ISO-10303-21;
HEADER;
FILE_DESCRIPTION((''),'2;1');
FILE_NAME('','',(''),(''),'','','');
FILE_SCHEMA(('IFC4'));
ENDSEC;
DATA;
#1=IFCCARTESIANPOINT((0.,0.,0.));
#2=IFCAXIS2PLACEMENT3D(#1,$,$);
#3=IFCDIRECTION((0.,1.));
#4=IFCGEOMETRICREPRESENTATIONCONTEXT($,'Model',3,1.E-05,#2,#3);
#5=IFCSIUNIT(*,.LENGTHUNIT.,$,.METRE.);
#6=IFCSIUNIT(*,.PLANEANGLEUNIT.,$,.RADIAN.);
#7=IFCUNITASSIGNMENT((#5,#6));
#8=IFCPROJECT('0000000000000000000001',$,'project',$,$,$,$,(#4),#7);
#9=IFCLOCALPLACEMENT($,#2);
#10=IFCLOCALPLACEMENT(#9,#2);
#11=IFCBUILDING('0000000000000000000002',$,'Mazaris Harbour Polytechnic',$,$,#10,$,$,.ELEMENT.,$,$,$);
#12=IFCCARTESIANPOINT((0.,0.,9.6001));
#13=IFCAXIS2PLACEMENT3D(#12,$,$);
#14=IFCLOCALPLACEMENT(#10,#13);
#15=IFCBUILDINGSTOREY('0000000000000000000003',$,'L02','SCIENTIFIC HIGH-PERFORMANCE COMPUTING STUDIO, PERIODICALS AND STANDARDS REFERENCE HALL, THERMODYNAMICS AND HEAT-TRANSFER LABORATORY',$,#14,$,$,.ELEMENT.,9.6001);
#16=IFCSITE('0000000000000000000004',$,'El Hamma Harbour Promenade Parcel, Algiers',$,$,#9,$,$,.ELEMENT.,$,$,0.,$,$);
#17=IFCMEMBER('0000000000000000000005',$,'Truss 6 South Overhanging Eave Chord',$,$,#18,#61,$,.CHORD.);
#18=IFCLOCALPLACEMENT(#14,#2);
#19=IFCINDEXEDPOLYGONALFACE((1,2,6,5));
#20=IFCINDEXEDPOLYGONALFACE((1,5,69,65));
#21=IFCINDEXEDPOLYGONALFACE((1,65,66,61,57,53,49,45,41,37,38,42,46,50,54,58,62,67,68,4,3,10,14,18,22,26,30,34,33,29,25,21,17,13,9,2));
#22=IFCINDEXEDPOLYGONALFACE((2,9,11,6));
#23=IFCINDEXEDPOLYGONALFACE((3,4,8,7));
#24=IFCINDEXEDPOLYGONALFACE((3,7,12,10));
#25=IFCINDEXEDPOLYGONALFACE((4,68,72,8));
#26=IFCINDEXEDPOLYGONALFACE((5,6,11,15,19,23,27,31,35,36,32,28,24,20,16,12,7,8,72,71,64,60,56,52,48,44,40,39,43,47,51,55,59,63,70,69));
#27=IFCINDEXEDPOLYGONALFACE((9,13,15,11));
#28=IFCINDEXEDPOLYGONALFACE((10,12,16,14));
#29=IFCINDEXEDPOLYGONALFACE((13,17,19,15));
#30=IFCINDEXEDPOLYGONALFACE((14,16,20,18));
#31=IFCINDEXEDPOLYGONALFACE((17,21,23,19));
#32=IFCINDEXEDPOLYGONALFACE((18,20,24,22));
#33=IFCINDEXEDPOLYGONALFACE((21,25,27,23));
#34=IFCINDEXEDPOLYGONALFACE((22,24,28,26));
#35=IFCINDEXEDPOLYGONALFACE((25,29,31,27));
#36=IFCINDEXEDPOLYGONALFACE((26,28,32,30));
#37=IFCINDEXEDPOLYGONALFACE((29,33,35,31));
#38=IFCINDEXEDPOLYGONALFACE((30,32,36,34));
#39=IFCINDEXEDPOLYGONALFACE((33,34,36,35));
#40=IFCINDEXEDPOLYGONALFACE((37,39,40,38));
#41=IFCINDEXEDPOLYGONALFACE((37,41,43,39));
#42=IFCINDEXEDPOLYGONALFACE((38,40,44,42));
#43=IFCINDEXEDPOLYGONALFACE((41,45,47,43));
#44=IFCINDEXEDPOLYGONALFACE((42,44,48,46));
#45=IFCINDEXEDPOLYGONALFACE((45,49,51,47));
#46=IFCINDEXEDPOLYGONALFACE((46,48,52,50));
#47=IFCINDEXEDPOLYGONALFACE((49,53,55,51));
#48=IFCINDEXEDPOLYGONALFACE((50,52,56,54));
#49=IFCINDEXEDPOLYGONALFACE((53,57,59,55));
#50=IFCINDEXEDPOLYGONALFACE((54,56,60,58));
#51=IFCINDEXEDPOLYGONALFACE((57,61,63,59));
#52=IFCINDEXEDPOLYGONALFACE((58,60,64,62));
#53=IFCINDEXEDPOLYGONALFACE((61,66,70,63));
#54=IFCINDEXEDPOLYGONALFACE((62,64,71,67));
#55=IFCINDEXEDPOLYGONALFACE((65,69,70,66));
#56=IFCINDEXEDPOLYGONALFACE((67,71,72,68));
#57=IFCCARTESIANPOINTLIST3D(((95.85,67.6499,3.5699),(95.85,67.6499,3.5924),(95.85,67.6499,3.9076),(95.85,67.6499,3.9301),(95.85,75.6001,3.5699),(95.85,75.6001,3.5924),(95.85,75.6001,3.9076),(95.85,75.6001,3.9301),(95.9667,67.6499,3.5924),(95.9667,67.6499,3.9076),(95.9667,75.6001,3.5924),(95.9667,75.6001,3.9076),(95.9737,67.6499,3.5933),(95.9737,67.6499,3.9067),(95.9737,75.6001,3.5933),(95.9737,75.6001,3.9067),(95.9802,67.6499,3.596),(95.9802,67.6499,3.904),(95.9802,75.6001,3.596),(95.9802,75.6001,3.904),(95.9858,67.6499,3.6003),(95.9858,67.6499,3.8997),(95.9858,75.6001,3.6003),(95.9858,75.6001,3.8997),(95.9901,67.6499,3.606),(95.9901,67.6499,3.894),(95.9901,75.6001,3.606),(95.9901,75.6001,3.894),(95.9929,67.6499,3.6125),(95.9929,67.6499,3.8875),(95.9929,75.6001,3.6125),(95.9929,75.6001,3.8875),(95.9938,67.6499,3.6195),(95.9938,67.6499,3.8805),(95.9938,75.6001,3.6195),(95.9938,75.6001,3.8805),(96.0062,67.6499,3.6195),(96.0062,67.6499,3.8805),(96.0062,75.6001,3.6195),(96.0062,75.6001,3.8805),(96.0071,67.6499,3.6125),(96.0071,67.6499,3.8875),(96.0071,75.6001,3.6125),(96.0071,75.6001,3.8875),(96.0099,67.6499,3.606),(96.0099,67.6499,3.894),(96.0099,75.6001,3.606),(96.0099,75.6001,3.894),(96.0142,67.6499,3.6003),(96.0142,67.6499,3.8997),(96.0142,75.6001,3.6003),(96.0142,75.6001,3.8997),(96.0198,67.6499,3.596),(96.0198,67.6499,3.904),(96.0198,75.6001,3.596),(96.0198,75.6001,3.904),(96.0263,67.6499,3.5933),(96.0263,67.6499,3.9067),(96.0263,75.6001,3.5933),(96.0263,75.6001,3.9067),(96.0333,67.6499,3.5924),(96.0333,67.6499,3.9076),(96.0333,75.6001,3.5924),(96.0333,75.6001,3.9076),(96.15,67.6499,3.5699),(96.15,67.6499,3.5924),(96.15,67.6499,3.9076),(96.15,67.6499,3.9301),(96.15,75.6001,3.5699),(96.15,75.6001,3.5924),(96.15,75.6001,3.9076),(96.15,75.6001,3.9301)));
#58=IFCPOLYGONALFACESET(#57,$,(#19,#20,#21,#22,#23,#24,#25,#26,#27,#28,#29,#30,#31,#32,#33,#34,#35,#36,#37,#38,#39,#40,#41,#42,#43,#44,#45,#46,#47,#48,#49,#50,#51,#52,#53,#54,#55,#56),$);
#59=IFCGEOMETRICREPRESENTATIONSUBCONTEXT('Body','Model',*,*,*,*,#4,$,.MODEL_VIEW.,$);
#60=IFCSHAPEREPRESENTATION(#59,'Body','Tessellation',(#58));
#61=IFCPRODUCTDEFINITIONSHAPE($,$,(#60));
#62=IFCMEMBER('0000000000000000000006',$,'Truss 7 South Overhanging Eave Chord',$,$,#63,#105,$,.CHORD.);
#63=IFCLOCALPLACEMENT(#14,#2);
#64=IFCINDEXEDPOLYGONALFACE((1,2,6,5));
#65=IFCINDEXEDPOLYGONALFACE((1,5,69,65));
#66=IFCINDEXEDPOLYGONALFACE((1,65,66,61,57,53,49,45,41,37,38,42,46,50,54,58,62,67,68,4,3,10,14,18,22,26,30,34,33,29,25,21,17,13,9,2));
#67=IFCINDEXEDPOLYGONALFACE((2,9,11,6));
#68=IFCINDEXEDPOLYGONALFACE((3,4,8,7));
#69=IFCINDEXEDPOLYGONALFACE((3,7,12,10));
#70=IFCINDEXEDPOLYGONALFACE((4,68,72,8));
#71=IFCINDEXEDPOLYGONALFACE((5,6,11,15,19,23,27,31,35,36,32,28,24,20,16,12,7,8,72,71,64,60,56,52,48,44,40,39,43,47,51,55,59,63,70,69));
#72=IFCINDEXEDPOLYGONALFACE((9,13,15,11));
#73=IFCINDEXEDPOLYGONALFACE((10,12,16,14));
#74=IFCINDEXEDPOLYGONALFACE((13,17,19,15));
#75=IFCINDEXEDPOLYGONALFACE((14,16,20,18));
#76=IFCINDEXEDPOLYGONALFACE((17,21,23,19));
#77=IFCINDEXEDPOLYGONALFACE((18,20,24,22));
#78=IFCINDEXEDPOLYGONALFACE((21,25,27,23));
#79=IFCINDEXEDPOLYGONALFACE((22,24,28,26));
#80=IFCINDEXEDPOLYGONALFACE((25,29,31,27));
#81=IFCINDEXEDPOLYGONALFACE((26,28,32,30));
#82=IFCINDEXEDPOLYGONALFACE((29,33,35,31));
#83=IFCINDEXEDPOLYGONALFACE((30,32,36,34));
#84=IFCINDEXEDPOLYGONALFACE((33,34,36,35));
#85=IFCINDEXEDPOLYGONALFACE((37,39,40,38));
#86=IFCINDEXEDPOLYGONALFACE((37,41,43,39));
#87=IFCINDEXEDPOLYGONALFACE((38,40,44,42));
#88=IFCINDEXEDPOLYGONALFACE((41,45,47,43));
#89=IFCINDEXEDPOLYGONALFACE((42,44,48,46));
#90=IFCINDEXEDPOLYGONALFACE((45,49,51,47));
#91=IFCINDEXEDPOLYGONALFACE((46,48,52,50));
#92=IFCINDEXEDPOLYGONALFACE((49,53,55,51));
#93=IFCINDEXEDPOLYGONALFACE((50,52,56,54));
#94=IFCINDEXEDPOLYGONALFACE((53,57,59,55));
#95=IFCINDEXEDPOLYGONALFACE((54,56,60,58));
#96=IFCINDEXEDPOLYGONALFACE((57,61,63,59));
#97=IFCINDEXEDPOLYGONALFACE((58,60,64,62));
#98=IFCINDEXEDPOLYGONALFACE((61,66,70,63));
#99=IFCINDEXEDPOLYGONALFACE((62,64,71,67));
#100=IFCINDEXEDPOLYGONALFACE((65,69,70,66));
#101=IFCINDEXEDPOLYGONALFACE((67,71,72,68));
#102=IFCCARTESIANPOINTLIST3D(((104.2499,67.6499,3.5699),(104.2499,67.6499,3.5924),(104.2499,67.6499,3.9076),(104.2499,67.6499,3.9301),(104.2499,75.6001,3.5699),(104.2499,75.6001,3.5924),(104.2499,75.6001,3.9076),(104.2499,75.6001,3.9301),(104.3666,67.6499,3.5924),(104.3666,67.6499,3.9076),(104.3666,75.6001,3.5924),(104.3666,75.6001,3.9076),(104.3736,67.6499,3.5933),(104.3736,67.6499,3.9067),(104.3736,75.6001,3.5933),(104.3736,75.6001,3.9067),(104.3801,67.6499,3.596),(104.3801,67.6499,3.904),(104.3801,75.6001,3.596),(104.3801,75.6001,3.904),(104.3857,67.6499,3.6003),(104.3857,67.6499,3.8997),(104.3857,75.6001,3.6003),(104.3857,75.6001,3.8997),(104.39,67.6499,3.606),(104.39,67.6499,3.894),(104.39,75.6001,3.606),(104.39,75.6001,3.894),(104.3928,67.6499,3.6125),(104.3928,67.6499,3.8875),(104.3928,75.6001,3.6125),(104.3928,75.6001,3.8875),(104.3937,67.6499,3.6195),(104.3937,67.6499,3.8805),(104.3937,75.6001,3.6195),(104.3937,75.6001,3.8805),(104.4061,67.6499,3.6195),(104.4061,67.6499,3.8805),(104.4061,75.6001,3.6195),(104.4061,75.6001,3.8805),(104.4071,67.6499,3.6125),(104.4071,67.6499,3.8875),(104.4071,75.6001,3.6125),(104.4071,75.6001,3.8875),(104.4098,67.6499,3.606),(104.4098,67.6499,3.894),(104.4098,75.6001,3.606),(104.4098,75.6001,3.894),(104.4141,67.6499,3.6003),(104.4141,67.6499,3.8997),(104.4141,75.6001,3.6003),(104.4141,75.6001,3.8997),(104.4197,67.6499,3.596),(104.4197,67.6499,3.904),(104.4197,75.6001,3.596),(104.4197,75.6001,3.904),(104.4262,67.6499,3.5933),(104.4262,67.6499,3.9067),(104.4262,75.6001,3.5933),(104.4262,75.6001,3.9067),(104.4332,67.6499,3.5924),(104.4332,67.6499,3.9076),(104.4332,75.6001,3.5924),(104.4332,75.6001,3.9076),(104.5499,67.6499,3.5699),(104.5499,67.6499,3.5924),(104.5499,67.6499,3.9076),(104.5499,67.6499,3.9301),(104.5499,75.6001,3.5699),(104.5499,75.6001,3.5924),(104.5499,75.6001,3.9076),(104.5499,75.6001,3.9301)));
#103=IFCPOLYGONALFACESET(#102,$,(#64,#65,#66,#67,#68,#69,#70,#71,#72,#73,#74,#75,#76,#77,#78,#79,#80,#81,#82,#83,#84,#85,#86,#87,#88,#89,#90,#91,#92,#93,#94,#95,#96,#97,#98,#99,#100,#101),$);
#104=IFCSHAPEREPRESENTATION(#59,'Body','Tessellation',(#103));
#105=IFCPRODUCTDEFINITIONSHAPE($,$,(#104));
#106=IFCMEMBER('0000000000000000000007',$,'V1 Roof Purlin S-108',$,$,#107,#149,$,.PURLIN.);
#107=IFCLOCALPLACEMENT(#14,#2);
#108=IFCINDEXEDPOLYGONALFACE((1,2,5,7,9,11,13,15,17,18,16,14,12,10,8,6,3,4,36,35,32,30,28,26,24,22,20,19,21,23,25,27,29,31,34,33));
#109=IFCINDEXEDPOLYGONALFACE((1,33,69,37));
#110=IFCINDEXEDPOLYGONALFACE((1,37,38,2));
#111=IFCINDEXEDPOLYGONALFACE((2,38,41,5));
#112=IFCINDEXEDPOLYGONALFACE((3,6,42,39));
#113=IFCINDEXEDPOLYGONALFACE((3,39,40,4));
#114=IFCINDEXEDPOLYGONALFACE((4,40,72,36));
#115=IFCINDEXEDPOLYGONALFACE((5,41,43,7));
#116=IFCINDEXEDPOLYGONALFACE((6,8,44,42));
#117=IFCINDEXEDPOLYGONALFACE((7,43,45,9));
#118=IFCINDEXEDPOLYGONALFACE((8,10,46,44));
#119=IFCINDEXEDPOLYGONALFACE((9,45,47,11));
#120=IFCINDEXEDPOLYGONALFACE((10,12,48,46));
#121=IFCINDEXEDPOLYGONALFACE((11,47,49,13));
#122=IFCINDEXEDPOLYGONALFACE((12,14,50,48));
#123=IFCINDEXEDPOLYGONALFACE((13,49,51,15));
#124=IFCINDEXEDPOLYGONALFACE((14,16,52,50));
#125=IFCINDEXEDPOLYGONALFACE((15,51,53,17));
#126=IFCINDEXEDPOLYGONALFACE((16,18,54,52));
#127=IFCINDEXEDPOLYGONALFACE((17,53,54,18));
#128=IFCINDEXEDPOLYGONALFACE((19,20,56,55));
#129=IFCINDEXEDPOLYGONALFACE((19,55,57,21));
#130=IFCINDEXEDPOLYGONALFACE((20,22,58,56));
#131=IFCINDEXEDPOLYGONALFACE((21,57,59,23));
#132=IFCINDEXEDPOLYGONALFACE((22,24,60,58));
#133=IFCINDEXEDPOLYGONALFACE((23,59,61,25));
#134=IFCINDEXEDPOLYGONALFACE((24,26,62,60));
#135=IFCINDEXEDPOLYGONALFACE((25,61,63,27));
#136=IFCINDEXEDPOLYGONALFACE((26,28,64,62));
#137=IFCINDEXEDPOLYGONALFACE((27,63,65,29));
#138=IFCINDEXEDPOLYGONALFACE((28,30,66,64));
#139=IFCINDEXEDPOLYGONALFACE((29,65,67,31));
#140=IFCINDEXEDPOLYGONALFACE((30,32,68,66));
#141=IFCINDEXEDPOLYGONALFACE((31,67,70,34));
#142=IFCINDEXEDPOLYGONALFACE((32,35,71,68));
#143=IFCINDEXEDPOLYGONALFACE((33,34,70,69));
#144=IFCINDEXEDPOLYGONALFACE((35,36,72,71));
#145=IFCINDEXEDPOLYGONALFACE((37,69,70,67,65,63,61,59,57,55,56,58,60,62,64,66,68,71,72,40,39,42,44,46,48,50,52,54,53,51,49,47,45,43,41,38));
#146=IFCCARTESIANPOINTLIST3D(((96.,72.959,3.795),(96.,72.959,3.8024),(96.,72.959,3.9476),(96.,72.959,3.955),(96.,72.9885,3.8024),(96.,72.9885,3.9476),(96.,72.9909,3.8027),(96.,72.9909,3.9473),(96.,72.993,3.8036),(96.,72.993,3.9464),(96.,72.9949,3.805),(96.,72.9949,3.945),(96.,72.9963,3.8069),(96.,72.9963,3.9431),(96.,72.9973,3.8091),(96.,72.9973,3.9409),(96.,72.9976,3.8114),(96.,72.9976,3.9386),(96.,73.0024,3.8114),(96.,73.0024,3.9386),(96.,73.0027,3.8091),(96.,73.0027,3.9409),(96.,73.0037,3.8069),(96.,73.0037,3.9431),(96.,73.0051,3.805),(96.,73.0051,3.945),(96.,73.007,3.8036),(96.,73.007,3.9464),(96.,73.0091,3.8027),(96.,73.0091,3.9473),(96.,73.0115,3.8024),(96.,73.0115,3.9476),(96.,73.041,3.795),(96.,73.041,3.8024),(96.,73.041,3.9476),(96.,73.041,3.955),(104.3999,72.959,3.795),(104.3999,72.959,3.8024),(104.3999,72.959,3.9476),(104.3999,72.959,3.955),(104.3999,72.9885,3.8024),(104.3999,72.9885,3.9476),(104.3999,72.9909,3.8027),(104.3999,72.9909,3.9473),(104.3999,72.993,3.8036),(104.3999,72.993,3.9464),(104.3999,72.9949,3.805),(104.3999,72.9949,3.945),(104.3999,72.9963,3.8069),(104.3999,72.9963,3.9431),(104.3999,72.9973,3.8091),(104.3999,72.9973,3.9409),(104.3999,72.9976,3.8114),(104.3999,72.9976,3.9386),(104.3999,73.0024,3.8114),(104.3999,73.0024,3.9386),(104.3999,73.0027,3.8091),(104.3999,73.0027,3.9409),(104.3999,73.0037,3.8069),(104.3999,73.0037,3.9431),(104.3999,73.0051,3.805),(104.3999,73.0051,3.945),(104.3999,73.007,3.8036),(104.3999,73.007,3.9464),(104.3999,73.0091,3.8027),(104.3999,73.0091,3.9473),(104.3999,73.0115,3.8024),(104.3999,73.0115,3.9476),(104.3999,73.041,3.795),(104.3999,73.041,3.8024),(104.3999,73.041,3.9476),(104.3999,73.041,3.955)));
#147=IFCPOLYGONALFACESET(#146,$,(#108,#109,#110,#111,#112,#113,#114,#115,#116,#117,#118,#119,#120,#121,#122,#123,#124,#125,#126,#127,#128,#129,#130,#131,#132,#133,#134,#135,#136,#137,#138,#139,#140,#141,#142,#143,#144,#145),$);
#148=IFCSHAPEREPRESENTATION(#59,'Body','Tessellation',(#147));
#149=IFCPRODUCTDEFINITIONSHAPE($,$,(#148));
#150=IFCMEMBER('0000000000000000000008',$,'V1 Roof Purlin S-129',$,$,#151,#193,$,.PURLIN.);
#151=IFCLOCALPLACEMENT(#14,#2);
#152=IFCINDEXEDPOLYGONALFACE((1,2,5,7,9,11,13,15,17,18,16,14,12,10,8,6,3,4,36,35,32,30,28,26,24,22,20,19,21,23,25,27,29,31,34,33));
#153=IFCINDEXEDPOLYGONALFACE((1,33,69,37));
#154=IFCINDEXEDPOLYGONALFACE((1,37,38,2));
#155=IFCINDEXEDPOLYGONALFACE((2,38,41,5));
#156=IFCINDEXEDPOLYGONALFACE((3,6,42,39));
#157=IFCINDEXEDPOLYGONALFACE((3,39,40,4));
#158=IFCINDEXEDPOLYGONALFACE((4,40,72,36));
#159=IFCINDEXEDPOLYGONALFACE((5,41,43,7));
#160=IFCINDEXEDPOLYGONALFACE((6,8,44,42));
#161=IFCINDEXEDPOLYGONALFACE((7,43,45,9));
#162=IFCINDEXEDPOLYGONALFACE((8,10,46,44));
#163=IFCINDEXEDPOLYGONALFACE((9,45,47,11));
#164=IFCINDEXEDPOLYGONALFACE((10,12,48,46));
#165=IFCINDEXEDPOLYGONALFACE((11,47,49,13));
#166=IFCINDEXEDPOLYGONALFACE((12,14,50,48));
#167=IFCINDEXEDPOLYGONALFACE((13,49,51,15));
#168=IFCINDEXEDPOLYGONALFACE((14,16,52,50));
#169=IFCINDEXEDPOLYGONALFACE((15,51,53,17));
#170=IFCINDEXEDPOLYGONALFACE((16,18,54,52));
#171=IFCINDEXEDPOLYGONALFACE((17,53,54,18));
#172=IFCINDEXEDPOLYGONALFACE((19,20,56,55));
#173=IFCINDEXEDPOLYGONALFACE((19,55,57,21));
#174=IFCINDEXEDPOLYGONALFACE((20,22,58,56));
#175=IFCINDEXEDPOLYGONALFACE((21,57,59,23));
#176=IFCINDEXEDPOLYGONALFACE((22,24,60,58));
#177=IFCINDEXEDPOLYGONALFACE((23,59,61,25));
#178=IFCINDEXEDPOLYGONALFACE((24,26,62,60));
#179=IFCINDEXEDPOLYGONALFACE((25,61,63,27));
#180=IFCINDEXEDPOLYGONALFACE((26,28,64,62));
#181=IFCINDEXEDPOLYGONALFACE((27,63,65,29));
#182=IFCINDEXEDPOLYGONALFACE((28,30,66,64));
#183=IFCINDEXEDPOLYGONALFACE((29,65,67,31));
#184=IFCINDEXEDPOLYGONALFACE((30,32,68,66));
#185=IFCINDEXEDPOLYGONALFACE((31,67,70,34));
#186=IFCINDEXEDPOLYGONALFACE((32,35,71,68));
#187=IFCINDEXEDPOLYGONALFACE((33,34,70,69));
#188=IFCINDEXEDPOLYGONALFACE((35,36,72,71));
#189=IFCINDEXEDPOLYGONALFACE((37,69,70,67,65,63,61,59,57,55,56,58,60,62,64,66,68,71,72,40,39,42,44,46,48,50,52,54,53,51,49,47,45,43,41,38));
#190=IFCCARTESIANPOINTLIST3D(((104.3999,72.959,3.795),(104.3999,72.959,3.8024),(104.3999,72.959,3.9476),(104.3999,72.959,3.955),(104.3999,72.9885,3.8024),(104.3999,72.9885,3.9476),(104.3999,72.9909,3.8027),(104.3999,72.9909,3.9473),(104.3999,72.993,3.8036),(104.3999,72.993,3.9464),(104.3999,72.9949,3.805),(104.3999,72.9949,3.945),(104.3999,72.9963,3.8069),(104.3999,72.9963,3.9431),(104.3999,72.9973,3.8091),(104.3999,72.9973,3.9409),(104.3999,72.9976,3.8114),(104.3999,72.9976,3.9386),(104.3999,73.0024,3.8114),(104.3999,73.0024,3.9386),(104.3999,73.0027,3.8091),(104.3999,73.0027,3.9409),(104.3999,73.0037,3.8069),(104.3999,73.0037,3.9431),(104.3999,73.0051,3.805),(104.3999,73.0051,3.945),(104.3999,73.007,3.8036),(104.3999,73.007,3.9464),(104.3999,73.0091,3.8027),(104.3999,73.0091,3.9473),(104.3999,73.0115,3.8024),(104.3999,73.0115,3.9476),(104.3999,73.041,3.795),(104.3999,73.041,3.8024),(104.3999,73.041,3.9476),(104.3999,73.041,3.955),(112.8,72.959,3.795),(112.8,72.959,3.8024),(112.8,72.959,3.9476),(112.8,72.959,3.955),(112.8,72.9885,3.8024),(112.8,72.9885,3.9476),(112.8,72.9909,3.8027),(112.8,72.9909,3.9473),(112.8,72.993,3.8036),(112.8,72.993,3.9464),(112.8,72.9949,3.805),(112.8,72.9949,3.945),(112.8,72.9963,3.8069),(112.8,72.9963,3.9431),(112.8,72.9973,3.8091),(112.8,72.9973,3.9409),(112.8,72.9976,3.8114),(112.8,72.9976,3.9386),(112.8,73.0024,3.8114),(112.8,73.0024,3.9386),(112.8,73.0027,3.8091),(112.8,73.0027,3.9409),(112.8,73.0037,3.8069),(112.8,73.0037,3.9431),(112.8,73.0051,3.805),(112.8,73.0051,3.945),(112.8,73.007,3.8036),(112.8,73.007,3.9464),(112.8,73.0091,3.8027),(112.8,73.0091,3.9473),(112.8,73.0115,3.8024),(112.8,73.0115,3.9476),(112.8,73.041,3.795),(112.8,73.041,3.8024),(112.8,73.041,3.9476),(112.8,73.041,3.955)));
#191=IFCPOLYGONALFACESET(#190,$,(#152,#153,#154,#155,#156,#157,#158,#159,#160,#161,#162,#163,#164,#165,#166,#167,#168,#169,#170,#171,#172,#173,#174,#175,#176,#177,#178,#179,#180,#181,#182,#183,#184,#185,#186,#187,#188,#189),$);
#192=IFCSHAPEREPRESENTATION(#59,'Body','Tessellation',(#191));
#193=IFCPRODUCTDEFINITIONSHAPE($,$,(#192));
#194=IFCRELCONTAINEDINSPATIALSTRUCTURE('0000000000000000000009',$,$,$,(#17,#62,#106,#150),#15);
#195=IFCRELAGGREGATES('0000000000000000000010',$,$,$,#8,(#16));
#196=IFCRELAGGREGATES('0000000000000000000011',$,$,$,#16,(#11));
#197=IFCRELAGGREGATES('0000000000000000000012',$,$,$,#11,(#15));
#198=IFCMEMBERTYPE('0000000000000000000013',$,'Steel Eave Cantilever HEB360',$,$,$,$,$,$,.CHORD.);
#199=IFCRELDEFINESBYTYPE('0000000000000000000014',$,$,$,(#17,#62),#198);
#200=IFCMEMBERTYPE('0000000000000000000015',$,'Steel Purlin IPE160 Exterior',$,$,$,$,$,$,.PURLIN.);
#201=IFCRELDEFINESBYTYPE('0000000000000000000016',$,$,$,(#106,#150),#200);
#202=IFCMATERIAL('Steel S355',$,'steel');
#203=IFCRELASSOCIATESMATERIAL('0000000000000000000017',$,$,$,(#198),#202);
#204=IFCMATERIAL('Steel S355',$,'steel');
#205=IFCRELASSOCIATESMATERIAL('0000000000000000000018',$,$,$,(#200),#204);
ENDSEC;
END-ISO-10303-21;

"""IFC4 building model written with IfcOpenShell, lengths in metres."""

from ifc_helpers import new_model, si_unit, direction, frame, origin, origin_2d, place, context, subcontext, project, spatial, i_section, extrude, material, material_profile, profile_set, type_object, element, save


model = new_model("IFC4")

# Units and contexts
model_context = context("Model", 3, precision=1e-05, world=origin(), true_north=direction((0.0, 1.0)))
body_context = subcontext(model_context, "Body", "Model", "MODEL_VIEW")
ifc_project = project(units=[si_unit("LENGTHUNIT", "METRE"), si_unit("PLANEANGLEUNIT", "RADIAN")], contexts=[model_context])

# Site, building, storey
site_placement = place(None, origin())
site = spatial("IfcSite", under=ifc_project, at=site_placement, Name="El Hamma Harbour Promenade Parcel, Algiers", CompositionType="ELEMENT", RefElevation=0.0)
building_placement = place(site_placement, origin())
building = spatial("IfcBuilding", under=site, at=building_placement, Name="Mazaris Harbour Polytechnic", CompositionType="ELEMENT")
storey_placement = place(building_placement, frame((0.0, 0.0, 9.6001)))
storey = spatial("IfcBuildingStorey", under=building, at=storey_placement, Name="L02", Description="SCIENTIFIC HIGH-PERFORMANCE COMPUTING STUDIO, PERIODICALS AND STANDARDS REFERENCE HALL, THERMODYNAMICS AND HEAT-TRANSFER LABORATORY", CompositionType="ELEMENT", Elevation=9.6001)

# Members
ifc_material_1 = material(Name="Steel S355", Category="steel")
ifc_material_profile_1 = material_profile(ifc_material_1, i_section(OverallWidth=0.3, OverallDepth=0.3601, WebThickness=0.0125, FlangeThickness=0.0225, FilletRadius=0.0271, at=origin_2d()), Name="HEB 360")
ifc_profile_set_1 = profile_set([ifc_material_profile_1], Name="Steel S355")
member_type_1 = type_object("IfcMemberType", Name="Steel Eave Cantilever HEB360", PredefinedType="CHORD", material=ifc_profile_set_1)
for number, where, z_axis, x_axis, name in (
    (1, (96.0, 75.6001, 3.75), (0.0, -1.0, 0.0), (1.0, 0.0, 0.0), "Truss 6 South Overhanging Eave Chord"),
    (2, (104.3999, 75.6001, 3.75), (0.0, -1.0, 0.0), (1.0, 0.0, 0.0), "Truss 7 South Overhanging Eave Chord"),
):
    element("IfcMember", number, at=place(storey_placement, frame(where, z_axis=z_axis, x_axis=x_axis)), inside=storey, type_object=member_type_1, Name=name, PredefinedType="CHORD", context=body_context, shape_type="SweptSolid", body=[
        extrude(i_section(OverallWidth=0.3, OverallDepth=0.3601, WebThickness=0.0125, FlangeThickness=0.0225, FilletRadius=0.0271, at=origin_2d()), origin(), (0.0, 0.0, 1.0), 7.9502),
    ])
ifc_material_2 = material(Name="Steel S355", Category="steel")
ifc_material_profile_2 = material_profile(ifc_material_2, i_section(OverallWidth=0.082, OverallDepth=0.1599, WebThickness=0.0049, FlangeThickness=0.0073, FilletRadius=0.009, at=origin_2d()), Name="IPE 160")
ifc_profile_set_2 = profile_set([ifc_material_profile_2], Name="Steel S355")
member_type_2 = type_object("IfcMemberType", Name="Steel Purlin IPE160 Exterior", PredefinedType="PURLIN", material=ifc_profile_set_2)
member_1_placement = place(storey_placement, frame((96.0, 73.0, 3.875), z_axis=(1.0, 0.0, 0.0), x_axis=(0.0, 1.0, 0.0)))
element("IfcMember", 3, at=member_1_placement, inside=storey, type_object=member_type_2, Name="V1 Roof Purlin S-108", PredefinedType="PURLIN", context=body_context, shape_type="SweptSolid", body=[
    extrude(i_section(OverallWidth=0.082, OverallDepth=0.1599, WebThickness=0.0049, FlangeThickness=0.0073, FilletRadius=0.009, at=origin_2d()), origin(), (0.0, 0.0, 1.0), 8.3999),
])
member_2_placement = place(storey_placement, frame((104.3999, 73.0, 3.875), z_axis=(1.0, 0.0, 0.0), x_axis=(0.0, 1.0, 0.0)))
element("IfcMember", 4, at=member_2_placement, inside=storey, type_object=member_type_2, Name="V1 Roof Purlin S-129", PredefinedType="PURLIN", context=body_context, shape_type="SweptSolid", body=[
    extrude(i_section(OverallWidth=0.082, OverallDepth=0.1599, WebThickness=0.0049, FlangeThickness=0.0073, FilletRadius=0.009, at=origin_2d()), origin(), (0.0, 0.0, 1.0), 8.4001),
])

save(model, "model.ifc")
